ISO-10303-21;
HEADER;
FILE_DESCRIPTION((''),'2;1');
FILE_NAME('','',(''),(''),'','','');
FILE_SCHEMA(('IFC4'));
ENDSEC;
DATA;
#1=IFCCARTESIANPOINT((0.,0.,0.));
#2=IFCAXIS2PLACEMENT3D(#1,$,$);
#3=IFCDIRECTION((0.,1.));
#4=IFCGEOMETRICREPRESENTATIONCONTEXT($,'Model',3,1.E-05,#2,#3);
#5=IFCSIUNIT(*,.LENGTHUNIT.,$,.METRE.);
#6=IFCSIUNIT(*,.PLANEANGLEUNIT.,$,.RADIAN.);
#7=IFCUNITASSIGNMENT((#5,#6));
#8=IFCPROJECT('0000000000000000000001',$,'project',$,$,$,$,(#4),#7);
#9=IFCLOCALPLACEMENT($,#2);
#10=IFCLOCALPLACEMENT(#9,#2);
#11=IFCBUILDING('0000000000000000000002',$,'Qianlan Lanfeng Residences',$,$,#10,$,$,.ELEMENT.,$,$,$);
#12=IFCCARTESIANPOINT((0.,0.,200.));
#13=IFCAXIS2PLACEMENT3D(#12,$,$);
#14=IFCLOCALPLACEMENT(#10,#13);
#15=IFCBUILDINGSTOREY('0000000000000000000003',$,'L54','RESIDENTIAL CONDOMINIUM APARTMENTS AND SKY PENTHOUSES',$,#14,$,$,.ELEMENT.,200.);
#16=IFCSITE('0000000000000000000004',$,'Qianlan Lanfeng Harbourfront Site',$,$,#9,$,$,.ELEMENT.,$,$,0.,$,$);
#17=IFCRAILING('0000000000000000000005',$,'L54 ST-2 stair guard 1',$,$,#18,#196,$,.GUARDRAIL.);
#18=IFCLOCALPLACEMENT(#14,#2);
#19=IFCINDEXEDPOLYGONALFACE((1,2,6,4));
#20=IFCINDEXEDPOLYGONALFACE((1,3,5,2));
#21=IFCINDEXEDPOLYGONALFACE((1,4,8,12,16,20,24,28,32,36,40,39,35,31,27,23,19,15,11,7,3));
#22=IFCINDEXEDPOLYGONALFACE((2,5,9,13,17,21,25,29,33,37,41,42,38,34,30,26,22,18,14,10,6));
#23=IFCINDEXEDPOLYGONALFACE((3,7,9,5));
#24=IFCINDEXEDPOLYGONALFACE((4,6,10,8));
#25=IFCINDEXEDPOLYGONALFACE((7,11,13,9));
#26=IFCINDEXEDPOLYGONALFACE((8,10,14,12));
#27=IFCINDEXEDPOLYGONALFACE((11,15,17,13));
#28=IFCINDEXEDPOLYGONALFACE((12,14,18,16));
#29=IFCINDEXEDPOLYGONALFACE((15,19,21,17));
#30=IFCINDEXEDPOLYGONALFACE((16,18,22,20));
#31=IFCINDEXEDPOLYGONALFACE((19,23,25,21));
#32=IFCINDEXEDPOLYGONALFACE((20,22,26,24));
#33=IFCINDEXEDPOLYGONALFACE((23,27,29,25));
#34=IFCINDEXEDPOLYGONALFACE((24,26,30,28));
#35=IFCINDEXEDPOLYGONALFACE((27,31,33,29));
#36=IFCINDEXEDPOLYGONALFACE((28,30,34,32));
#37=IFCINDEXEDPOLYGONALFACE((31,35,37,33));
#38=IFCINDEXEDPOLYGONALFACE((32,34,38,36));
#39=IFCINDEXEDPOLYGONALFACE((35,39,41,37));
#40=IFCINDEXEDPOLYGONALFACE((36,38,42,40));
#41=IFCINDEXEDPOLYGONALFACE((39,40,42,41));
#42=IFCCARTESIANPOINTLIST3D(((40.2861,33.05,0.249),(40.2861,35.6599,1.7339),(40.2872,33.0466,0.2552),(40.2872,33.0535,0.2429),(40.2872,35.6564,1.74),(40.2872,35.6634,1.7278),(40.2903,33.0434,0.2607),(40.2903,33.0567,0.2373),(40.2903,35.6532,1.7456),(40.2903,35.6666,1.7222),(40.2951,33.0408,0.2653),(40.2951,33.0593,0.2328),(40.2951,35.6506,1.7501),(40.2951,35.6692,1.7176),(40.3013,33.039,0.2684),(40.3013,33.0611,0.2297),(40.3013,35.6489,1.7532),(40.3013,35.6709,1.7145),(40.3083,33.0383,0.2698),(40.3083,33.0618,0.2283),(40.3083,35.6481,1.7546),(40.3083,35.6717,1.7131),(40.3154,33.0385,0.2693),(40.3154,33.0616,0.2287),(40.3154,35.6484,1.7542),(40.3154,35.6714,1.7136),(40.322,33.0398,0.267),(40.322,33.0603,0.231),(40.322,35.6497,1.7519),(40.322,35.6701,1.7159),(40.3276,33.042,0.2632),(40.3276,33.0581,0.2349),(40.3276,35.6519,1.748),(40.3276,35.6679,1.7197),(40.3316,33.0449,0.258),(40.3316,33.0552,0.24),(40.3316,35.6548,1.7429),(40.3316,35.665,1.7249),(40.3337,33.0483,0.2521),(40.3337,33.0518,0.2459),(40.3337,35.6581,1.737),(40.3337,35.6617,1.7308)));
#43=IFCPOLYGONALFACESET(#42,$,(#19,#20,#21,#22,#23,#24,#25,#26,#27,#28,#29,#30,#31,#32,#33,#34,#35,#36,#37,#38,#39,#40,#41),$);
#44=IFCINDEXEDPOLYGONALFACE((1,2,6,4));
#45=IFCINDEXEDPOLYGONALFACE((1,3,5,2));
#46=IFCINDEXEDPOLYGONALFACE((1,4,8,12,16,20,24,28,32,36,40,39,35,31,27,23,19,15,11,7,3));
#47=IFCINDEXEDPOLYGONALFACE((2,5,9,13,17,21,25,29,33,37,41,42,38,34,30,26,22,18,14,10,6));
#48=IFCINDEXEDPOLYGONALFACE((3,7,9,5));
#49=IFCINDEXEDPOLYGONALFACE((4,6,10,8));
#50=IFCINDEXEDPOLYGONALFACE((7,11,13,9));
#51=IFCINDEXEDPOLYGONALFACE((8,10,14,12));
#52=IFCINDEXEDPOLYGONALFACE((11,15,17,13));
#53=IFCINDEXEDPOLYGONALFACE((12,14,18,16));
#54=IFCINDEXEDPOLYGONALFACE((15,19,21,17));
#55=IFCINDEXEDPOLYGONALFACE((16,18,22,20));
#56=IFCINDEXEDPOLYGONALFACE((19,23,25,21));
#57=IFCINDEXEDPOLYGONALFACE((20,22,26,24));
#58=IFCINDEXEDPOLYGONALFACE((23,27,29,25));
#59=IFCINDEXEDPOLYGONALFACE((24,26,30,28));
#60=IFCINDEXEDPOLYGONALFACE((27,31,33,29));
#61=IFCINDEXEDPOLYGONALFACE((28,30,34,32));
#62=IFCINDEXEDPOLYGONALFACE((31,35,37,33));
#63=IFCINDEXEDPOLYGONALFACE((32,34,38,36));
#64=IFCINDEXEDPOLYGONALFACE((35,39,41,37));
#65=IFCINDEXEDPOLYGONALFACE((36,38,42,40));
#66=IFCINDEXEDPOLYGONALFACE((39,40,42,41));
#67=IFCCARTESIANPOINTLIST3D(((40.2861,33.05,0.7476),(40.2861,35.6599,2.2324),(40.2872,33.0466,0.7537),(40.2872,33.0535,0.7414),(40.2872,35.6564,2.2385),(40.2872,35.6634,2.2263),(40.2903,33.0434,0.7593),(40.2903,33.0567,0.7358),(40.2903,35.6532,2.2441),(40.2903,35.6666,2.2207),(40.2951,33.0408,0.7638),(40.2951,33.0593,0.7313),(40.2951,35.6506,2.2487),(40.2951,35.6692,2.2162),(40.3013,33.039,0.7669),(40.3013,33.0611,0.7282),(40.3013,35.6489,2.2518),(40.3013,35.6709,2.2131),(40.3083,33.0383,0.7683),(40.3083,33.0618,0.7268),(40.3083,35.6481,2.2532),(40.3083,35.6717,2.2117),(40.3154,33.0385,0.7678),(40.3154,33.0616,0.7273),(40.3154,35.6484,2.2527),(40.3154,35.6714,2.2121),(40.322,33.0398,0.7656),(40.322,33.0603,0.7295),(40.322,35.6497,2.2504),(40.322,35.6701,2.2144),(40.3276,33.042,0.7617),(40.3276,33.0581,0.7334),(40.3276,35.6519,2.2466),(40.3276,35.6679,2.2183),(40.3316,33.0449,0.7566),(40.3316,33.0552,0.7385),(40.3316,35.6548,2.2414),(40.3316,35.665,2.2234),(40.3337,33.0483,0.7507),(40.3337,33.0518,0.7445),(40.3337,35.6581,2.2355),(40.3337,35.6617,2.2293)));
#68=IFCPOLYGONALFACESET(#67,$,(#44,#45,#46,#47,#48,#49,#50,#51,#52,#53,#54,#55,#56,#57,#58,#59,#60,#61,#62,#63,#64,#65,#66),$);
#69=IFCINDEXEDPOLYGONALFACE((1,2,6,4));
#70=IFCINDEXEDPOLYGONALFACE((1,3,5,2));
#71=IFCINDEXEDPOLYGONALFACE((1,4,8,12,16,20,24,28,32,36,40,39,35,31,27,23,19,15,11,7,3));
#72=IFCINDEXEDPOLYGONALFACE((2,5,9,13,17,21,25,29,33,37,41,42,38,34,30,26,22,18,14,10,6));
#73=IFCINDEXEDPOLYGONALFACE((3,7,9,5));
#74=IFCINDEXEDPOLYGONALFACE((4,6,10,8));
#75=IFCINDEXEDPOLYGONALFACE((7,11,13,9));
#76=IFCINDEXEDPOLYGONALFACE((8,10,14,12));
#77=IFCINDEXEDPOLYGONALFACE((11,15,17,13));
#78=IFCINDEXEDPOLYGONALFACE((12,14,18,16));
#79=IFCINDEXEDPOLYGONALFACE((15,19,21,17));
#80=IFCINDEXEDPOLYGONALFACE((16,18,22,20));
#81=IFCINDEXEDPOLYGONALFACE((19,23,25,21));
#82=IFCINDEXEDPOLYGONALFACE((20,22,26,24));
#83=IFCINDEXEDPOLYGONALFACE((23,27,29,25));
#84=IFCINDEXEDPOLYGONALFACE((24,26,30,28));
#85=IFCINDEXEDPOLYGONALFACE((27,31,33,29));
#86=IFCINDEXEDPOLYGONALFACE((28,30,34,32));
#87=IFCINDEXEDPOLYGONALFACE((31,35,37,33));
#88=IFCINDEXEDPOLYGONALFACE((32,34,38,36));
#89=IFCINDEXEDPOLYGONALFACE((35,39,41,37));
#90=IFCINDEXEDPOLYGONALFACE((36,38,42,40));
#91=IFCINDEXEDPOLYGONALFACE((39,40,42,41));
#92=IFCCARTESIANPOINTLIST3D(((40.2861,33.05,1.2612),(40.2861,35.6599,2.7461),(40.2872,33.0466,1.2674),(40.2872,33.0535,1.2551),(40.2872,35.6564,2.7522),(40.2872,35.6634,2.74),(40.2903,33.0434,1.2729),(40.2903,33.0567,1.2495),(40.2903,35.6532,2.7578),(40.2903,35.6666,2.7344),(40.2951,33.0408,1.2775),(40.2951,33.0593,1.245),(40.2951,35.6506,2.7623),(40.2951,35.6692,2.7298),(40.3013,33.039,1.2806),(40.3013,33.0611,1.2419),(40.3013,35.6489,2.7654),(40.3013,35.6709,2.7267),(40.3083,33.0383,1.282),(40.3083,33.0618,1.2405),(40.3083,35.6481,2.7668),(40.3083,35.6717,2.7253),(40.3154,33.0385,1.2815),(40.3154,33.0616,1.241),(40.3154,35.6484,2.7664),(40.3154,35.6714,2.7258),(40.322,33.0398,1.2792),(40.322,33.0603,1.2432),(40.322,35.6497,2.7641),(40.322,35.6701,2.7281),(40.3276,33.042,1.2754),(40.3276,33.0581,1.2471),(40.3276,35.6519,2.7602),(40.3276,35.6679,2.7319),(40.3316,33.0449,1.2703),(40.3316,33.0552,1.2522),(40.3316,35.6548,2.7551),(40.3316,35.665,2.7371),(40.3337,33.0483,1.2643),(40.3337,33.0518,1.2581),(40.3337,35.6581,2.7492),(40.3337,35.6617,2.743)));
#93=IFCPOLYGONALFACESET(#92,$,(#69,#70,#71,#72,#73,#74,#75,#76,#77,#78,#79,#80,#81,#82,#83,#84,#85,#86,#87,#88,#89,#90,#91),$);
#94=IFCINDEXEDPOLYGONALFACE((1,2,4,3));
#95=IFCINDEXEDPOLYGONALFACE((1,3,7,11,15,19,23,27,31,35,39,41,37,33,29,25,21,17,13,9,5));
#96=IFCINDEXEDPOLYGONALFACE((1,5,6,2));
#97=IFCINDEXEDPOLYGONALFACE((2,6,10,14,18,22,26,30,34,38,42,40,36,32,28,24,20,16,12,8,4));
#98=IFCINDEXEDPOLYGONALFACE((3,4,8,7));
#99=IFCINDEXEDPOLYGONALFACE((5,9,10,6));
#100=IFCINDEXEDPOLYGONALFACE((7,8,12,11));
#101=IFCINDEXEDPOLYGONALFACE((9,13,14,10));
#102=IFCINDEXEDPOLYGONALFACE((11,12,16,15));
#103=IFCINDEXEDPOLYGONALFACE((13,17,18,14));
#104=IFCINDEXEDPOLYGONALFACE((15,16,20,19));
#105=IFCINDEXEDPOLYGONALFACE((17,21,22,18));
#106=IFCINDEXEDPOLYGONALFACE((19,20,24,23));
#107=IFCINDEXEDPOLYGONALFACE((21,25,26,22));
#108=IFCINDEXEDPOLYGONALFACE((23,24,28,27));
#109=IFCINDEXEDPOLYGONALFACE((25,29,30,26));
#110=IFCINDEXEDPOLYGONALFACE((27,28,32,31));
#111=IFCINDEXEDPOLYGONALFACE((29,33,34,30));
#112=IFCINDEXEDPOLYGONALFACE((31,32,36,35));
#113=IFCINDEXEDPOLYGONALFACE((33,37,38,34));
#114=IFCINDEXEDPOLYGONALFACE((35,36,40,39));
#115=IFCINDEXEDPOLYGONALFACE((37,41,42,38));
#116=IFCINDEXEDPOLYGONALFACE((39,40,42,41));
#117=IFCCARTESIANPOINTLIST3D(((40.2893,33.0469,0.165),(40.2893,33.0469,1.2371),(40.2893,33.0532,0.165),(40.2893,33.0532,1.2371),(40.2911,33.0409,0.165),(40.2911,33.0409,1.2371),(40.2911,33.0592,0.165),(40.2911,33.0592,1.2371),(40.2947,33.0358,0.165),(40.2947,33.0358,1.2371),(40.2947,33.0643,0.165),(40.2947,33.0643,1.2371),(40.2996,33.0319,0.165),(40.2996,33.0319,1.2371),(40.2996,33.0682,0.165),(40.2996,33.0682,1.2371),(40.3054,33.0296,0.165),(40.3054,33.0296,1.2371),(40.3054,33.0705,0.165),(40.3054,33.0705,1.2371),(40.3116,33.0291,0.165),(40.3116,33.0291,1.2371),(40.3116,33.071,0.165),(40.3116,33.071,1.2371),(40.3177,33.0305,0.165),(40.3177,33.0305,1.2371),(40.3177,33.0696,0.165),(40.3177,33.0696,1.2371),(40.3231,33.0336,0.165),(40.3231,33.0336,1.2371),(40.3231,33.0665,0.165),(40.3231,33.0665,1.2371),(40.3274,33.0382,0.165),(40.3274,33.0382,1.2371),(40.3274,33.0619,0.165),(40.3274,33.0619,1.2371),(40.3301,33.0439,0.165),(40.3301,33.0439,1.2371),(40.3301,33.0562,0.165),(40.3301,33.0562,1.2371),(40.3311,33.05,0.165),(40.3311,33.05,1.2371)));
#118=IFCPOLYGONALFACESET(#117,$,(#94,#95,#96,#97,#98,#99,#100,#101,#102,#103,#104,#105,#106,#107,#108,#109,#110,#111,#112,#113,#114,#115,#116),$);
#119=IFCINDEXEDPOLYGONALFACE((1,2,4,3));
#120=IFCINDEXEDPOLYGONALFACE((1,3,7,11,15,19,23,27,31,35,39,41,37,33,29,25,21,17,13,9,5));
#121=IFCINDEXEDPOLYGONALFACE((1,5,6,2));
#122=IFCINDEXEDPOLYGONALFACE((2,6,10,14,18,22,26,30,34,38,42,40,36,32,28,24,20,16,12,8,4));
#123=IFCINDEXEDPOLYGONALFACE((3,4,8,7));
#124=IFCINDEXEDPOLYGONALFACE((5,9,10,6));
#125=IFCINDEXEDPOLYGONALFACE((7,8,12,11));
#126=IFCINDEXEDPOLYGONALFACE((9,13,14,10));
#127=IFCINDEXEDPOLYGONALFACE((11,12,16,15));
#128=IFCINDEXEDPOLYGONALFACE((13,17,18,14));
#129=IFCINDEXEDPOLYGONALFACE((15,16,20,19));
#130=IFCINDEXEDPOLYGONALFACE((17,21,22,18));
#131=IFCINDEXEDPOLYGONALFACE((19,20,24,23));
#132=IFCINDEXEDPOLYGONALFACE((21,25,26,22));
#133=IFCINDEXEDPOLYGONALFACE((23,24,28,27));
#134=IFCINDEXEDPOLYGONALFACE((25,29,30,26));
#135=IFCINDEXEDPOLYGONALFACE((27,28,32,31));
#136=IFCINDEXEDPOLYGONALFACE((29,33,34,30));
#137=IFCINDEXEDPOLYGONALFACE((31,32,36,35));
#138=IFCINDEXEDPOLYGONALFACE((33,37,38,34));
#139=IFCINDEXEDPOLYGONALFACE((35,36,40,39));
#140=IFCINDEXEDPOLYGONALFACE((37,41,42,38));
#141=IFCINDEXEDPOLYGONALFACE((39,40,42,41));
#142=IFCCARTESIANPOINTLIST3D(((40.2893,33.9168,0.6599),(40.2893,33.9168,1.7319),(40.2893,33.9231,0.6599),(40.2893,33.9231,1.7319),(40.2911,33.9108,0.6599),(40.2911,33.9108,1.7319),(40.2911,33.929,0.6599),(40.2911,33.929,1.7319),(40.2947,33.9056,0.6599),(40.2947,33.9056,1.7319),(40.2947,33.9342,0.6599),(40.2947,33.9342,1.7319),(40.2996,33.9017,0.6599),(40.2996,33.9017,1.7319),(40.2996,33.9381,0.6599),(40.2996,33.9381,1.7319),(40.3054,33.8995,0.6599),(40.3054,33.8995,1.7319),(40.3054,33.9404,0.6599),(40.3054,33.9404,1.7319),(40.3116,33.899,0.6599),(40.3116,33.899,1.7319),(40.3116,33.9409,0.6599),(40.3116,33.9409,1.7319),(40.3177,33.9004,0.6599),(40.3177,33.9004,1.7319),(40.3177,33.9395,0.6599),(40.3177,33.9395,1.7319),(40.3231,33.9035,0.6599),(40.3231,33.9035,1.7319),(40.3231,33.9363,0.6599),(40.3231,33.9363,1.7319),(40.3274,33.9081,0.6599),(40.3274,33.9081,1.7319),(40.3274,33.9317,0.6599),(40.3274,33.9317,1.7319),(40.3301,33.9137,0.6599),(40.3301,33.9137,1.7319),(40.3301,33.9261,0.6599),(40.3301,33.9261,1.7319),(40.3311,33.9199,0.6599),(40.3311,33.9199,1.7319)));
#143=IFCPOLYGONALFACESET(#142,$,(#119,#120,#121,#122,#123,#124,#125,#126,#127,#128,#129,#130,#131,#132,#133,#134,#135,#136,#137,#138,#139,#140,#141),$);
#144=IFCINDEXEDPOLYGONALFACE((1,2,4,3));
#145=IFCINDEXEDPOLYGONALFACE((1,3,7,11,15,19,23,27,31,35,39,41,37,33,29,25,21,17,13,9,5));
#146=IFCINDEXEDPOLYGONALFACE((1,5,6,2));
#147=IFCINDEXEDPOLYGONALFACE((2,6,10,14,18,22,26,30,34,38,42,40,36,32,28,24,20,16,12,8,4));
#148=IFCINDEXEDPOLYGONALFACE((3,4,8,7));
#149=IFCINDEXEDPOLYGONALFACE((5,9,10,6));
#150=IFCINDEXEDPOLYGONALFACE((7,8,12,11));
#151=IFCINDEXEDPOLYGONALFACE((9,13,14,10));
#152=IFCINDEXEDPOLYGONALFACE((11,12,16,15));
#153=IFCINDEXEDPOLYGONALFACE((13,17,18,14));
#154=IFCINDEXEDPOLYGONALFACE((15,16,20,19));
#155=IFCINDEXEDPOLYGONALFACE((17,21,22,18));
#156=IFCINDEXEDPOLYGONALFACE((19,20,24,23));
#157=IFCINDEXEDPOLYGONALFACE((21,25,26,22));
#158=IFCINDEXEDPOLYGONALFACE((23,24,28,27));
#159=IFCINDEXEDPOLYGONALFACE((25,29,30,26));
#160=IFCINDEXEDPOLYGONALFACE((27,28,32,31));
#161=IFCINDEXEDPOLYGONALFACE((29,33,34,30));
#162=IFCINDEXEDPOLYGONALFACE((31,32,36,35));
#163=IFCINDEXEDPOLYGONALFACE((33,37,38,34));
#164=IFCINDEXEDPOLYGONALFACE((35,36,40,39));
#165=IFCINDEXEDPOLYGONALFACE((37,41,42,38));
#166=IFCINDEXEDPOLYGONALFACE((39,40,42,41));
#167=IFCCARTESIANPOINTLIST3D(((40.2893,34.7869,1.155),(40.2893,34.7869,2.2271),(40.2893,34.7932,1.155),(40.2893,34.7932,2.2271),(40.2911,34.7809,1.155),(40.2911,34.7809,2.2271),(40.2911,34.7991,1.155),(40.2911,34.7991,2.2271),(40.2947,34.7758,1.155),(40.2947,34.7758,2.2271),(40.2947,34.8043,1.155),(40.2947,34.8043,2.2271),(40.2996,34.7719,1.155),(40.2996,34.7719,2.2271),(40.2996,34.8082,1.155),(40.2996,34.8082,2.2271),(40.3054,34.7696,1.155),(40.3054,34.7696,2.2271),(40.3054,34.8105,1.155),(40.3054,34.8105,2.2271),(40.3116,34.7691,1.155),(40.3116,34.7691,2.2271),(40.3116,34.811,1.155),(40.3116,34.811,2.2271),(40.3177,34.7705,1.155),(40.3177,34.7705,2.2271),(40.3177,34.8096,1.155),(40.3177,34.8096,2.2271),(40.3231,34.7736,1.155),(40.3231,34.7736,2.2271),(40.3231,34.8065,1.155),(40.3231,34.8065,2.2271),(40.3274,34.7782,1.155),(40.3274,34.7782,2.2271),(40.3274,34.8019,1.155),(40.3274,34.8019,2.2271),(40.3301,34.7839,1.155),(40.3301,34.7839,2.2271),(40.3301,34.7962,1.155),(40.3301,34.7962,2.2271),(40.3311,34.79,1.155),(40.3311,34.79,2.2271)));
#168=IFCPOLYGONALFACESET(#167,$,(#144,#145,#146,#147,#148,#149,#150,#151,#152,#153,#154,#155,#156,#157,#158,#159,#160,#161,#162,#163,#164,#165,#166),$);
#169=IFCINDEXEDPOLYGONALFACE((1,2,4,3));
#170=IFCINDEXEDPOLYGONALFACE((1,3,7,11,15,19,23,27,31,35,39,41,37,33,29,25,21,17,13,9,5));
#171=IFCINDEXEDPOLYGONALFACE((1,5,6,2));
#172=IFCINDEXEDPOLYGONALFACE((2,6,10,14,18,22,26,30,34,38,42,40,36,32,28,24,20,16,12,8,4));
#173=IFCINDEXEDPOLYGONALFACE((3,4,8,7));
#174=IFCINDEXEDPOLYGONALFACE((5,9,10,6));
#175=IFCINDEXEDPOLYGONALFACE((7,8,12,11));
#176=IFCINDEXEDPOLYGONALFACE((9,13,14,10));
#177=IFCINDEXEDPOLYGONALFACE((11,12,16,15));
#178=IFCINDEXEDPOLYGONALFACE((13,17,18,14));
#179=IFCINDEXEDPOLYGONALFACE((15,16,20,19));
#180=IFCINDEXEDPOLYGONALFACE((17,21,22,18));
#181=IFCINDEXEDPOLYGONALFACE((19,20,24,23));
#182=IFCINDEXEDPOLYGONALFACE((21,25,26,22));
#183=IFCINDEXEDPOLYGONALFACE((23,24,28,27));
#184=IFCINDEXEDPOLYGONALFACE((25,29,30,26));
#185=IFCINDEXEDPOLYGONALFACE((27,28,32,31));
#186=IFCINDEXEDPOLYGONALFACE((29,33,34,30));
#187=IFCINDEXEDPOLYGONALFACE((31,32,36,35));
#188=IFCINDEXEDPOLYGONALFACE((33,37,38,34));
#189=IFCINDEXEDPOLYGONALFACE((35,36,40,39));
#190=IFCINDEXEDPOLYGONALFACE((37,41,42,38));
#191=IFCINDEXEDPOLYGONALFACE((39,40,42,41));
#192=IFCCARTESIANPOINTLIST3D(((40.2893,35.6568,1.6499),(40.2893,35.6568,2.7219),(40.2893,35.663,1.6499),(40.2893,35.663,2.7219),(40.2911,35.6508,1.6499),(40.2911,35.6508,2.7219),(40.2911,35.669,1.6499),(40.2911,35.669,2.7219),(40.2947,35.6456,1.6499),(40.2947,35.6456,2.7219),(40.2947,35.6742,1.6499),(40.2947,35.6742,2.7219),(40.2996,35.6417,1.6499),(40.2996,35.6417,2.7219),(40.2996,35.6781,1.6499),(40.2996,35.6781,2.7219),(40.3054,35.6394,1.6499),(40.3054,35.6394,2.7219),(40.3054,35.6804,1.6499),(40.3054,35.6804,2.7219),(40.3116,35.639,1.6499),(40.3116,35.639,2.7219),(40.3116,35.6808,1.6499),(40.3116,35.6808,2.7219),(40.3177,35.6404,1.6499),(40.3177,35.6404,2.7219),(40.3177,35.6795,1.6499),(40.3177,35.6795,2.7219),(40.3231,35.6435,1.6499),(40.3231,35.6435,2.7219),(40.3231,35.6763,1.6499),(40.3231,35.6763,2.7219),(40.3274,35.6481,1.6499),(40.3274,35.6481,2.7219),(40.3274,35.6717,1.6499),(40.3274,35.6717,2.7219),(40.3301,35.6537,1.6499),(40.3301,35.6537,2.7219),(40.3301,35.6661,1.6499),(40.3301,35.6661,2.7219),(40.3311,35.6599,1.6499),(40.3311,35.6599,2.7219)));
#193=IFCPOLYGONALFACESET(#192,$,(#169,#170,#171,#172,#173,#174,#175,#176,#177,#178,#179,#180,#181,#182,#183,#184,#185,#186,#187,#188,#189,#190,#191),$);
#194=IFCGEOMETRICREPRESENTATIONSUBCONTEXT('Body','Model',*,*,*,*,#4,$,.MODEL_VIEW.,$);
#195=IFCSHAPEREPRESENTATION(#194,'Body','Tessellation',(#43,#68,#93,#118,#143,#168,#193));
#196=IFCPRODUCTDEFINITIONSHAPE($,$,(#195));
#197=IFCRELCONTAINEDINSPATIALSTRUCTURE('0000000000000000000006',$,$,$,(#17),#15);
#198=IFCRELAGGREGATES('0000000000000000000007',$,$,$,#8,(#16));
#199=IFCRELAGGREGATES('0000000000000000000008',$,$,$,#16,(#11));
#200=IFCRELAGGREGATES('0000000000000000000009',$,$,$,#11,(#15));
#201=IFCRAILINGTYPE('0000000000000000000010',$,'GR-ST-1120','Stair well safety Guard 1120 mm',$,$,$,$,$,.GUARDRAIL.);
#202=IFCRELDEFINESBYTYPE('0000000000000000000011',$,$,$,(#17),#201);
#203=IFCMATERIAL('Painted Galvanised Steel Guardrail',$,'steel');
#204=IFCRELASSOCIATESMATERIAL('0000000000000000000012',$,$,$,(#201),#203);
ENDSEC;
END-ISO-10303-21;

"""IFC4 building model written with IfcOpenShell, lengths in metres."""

from ifc_helpers import new_model, si_unit, direction, frame, origin, origin_2d, place, context, subcontext, project, spatial, circle, extrude, material, type_object, element, save


model = new_model("IFC4")

# Units and contexts
model_context = context("Model", 3, precision=1e-05, world=origin(), true_north=direction((0.0, 1.0)))
body_context = subcontext(model_context, "Body", "Model", "MODEL_VIEW")
ifc_project = project(units=[si_unit("LENGTHUNIT", "METRE"), si_unit("PLANEANGLEUNIT", "RADIAN")], contexts=[model_context])

# Site, building, storey
site_placement = place(None, origin())
site = spatial("IfcSite", under=ifc_project, at=site_placement, Name="Qianlan Lanfeng Harbourfront Site", CompositionType="ELEMENT", RefElevation=0.0)
building_placement = place(site_placement, origin())
building = spatial("IfcBuilding", under=site, at=building_placement, Name="Qianlan Lanfeng Residences", CompositionType="ELEMENT")
storey_placement = place(building_placement, frame((0.0, 0.0, 200.0)))
storey = spatial("IfcBuildingStorey", under=building, at=storey_placement, Name="L54", Description="RESIDENTIAL CONDOMINIUM APARTMENTS AND SKY PENTHOUSES", CompositionType="ELEMENT", Elevation=200.0)

# Railing
ifc_material_1 = material(Name="Painted Galvanised Steel Guardrail", Category="steel")
railing_type_1 = type_object("IfcRailingType", Name="GR-ST-1120", Description="Stair well safety Guard 1120 mm", PredefinedType="GUARDRAIL", material=ifc_material_1)
railing_1_placement = place(storey_placement, frame((40.3101, 33.05, 0.165)))
element("IfcRailing", 1, at=railing_1_placement, inside=storey, type_object=railing_type_1, Name="L54 ST-2 stair guard 1", PredefinedType="GUARDRAIL", context=body_context, shape_type="SweptSolid", body=[
    extrude(circle(Radius=0.0239, at=origin_2d()), frame((0.0, 0.0, 0.084), z_axis=(0.0, 0.869172, 0.494509), x_axis=(-1.0, 0.0, 0.0)), (0.0, 0.0, 1.0), 3.0027),
    extrude(circle(Radius=0.0239, at=origin_2d()), frame((0.0, 0.0, 0.5825), z_axis=(0.0, 0.869172, 0.494509), x_axis=(-1.0, 0.0, 0.0)), (0.0, 0.0, 1.0), 3.0027),
    extrude(circle(Radius=0.0239, at=origin_2d()), frame((0.0, 0.0, 1.0962), z_axis=(0.0, 0.869172, 0.494509), x_axis=(-1.0, 0.0, 0.0)), (0.0, 0.0, 1.0), 3.0027),
    extrude(circle(Radius=0.021, at=origin_2d()), origin(), (0.0, 0.0, 1.0), 1.072),
    extrude(circle(Radius=0.021, at=origin_2d()), frame((0.0, 0.8699, 0.4949)), (0.0, 0.0, 1.0), 1.072),
    extrude(circle(Radius=0.021, at=origin_2d()), frame((0.0, 1.74, 0.99)), (0.0, 0.0, 1.0), 1.072),
    extrude(circle(Radius=0.021, at=origin_2d()), frame((0.0, 2.6099, 1.4849)), (0.0, 0.0, 1.0), 1.072),
])

save(model, "model.ifc")
